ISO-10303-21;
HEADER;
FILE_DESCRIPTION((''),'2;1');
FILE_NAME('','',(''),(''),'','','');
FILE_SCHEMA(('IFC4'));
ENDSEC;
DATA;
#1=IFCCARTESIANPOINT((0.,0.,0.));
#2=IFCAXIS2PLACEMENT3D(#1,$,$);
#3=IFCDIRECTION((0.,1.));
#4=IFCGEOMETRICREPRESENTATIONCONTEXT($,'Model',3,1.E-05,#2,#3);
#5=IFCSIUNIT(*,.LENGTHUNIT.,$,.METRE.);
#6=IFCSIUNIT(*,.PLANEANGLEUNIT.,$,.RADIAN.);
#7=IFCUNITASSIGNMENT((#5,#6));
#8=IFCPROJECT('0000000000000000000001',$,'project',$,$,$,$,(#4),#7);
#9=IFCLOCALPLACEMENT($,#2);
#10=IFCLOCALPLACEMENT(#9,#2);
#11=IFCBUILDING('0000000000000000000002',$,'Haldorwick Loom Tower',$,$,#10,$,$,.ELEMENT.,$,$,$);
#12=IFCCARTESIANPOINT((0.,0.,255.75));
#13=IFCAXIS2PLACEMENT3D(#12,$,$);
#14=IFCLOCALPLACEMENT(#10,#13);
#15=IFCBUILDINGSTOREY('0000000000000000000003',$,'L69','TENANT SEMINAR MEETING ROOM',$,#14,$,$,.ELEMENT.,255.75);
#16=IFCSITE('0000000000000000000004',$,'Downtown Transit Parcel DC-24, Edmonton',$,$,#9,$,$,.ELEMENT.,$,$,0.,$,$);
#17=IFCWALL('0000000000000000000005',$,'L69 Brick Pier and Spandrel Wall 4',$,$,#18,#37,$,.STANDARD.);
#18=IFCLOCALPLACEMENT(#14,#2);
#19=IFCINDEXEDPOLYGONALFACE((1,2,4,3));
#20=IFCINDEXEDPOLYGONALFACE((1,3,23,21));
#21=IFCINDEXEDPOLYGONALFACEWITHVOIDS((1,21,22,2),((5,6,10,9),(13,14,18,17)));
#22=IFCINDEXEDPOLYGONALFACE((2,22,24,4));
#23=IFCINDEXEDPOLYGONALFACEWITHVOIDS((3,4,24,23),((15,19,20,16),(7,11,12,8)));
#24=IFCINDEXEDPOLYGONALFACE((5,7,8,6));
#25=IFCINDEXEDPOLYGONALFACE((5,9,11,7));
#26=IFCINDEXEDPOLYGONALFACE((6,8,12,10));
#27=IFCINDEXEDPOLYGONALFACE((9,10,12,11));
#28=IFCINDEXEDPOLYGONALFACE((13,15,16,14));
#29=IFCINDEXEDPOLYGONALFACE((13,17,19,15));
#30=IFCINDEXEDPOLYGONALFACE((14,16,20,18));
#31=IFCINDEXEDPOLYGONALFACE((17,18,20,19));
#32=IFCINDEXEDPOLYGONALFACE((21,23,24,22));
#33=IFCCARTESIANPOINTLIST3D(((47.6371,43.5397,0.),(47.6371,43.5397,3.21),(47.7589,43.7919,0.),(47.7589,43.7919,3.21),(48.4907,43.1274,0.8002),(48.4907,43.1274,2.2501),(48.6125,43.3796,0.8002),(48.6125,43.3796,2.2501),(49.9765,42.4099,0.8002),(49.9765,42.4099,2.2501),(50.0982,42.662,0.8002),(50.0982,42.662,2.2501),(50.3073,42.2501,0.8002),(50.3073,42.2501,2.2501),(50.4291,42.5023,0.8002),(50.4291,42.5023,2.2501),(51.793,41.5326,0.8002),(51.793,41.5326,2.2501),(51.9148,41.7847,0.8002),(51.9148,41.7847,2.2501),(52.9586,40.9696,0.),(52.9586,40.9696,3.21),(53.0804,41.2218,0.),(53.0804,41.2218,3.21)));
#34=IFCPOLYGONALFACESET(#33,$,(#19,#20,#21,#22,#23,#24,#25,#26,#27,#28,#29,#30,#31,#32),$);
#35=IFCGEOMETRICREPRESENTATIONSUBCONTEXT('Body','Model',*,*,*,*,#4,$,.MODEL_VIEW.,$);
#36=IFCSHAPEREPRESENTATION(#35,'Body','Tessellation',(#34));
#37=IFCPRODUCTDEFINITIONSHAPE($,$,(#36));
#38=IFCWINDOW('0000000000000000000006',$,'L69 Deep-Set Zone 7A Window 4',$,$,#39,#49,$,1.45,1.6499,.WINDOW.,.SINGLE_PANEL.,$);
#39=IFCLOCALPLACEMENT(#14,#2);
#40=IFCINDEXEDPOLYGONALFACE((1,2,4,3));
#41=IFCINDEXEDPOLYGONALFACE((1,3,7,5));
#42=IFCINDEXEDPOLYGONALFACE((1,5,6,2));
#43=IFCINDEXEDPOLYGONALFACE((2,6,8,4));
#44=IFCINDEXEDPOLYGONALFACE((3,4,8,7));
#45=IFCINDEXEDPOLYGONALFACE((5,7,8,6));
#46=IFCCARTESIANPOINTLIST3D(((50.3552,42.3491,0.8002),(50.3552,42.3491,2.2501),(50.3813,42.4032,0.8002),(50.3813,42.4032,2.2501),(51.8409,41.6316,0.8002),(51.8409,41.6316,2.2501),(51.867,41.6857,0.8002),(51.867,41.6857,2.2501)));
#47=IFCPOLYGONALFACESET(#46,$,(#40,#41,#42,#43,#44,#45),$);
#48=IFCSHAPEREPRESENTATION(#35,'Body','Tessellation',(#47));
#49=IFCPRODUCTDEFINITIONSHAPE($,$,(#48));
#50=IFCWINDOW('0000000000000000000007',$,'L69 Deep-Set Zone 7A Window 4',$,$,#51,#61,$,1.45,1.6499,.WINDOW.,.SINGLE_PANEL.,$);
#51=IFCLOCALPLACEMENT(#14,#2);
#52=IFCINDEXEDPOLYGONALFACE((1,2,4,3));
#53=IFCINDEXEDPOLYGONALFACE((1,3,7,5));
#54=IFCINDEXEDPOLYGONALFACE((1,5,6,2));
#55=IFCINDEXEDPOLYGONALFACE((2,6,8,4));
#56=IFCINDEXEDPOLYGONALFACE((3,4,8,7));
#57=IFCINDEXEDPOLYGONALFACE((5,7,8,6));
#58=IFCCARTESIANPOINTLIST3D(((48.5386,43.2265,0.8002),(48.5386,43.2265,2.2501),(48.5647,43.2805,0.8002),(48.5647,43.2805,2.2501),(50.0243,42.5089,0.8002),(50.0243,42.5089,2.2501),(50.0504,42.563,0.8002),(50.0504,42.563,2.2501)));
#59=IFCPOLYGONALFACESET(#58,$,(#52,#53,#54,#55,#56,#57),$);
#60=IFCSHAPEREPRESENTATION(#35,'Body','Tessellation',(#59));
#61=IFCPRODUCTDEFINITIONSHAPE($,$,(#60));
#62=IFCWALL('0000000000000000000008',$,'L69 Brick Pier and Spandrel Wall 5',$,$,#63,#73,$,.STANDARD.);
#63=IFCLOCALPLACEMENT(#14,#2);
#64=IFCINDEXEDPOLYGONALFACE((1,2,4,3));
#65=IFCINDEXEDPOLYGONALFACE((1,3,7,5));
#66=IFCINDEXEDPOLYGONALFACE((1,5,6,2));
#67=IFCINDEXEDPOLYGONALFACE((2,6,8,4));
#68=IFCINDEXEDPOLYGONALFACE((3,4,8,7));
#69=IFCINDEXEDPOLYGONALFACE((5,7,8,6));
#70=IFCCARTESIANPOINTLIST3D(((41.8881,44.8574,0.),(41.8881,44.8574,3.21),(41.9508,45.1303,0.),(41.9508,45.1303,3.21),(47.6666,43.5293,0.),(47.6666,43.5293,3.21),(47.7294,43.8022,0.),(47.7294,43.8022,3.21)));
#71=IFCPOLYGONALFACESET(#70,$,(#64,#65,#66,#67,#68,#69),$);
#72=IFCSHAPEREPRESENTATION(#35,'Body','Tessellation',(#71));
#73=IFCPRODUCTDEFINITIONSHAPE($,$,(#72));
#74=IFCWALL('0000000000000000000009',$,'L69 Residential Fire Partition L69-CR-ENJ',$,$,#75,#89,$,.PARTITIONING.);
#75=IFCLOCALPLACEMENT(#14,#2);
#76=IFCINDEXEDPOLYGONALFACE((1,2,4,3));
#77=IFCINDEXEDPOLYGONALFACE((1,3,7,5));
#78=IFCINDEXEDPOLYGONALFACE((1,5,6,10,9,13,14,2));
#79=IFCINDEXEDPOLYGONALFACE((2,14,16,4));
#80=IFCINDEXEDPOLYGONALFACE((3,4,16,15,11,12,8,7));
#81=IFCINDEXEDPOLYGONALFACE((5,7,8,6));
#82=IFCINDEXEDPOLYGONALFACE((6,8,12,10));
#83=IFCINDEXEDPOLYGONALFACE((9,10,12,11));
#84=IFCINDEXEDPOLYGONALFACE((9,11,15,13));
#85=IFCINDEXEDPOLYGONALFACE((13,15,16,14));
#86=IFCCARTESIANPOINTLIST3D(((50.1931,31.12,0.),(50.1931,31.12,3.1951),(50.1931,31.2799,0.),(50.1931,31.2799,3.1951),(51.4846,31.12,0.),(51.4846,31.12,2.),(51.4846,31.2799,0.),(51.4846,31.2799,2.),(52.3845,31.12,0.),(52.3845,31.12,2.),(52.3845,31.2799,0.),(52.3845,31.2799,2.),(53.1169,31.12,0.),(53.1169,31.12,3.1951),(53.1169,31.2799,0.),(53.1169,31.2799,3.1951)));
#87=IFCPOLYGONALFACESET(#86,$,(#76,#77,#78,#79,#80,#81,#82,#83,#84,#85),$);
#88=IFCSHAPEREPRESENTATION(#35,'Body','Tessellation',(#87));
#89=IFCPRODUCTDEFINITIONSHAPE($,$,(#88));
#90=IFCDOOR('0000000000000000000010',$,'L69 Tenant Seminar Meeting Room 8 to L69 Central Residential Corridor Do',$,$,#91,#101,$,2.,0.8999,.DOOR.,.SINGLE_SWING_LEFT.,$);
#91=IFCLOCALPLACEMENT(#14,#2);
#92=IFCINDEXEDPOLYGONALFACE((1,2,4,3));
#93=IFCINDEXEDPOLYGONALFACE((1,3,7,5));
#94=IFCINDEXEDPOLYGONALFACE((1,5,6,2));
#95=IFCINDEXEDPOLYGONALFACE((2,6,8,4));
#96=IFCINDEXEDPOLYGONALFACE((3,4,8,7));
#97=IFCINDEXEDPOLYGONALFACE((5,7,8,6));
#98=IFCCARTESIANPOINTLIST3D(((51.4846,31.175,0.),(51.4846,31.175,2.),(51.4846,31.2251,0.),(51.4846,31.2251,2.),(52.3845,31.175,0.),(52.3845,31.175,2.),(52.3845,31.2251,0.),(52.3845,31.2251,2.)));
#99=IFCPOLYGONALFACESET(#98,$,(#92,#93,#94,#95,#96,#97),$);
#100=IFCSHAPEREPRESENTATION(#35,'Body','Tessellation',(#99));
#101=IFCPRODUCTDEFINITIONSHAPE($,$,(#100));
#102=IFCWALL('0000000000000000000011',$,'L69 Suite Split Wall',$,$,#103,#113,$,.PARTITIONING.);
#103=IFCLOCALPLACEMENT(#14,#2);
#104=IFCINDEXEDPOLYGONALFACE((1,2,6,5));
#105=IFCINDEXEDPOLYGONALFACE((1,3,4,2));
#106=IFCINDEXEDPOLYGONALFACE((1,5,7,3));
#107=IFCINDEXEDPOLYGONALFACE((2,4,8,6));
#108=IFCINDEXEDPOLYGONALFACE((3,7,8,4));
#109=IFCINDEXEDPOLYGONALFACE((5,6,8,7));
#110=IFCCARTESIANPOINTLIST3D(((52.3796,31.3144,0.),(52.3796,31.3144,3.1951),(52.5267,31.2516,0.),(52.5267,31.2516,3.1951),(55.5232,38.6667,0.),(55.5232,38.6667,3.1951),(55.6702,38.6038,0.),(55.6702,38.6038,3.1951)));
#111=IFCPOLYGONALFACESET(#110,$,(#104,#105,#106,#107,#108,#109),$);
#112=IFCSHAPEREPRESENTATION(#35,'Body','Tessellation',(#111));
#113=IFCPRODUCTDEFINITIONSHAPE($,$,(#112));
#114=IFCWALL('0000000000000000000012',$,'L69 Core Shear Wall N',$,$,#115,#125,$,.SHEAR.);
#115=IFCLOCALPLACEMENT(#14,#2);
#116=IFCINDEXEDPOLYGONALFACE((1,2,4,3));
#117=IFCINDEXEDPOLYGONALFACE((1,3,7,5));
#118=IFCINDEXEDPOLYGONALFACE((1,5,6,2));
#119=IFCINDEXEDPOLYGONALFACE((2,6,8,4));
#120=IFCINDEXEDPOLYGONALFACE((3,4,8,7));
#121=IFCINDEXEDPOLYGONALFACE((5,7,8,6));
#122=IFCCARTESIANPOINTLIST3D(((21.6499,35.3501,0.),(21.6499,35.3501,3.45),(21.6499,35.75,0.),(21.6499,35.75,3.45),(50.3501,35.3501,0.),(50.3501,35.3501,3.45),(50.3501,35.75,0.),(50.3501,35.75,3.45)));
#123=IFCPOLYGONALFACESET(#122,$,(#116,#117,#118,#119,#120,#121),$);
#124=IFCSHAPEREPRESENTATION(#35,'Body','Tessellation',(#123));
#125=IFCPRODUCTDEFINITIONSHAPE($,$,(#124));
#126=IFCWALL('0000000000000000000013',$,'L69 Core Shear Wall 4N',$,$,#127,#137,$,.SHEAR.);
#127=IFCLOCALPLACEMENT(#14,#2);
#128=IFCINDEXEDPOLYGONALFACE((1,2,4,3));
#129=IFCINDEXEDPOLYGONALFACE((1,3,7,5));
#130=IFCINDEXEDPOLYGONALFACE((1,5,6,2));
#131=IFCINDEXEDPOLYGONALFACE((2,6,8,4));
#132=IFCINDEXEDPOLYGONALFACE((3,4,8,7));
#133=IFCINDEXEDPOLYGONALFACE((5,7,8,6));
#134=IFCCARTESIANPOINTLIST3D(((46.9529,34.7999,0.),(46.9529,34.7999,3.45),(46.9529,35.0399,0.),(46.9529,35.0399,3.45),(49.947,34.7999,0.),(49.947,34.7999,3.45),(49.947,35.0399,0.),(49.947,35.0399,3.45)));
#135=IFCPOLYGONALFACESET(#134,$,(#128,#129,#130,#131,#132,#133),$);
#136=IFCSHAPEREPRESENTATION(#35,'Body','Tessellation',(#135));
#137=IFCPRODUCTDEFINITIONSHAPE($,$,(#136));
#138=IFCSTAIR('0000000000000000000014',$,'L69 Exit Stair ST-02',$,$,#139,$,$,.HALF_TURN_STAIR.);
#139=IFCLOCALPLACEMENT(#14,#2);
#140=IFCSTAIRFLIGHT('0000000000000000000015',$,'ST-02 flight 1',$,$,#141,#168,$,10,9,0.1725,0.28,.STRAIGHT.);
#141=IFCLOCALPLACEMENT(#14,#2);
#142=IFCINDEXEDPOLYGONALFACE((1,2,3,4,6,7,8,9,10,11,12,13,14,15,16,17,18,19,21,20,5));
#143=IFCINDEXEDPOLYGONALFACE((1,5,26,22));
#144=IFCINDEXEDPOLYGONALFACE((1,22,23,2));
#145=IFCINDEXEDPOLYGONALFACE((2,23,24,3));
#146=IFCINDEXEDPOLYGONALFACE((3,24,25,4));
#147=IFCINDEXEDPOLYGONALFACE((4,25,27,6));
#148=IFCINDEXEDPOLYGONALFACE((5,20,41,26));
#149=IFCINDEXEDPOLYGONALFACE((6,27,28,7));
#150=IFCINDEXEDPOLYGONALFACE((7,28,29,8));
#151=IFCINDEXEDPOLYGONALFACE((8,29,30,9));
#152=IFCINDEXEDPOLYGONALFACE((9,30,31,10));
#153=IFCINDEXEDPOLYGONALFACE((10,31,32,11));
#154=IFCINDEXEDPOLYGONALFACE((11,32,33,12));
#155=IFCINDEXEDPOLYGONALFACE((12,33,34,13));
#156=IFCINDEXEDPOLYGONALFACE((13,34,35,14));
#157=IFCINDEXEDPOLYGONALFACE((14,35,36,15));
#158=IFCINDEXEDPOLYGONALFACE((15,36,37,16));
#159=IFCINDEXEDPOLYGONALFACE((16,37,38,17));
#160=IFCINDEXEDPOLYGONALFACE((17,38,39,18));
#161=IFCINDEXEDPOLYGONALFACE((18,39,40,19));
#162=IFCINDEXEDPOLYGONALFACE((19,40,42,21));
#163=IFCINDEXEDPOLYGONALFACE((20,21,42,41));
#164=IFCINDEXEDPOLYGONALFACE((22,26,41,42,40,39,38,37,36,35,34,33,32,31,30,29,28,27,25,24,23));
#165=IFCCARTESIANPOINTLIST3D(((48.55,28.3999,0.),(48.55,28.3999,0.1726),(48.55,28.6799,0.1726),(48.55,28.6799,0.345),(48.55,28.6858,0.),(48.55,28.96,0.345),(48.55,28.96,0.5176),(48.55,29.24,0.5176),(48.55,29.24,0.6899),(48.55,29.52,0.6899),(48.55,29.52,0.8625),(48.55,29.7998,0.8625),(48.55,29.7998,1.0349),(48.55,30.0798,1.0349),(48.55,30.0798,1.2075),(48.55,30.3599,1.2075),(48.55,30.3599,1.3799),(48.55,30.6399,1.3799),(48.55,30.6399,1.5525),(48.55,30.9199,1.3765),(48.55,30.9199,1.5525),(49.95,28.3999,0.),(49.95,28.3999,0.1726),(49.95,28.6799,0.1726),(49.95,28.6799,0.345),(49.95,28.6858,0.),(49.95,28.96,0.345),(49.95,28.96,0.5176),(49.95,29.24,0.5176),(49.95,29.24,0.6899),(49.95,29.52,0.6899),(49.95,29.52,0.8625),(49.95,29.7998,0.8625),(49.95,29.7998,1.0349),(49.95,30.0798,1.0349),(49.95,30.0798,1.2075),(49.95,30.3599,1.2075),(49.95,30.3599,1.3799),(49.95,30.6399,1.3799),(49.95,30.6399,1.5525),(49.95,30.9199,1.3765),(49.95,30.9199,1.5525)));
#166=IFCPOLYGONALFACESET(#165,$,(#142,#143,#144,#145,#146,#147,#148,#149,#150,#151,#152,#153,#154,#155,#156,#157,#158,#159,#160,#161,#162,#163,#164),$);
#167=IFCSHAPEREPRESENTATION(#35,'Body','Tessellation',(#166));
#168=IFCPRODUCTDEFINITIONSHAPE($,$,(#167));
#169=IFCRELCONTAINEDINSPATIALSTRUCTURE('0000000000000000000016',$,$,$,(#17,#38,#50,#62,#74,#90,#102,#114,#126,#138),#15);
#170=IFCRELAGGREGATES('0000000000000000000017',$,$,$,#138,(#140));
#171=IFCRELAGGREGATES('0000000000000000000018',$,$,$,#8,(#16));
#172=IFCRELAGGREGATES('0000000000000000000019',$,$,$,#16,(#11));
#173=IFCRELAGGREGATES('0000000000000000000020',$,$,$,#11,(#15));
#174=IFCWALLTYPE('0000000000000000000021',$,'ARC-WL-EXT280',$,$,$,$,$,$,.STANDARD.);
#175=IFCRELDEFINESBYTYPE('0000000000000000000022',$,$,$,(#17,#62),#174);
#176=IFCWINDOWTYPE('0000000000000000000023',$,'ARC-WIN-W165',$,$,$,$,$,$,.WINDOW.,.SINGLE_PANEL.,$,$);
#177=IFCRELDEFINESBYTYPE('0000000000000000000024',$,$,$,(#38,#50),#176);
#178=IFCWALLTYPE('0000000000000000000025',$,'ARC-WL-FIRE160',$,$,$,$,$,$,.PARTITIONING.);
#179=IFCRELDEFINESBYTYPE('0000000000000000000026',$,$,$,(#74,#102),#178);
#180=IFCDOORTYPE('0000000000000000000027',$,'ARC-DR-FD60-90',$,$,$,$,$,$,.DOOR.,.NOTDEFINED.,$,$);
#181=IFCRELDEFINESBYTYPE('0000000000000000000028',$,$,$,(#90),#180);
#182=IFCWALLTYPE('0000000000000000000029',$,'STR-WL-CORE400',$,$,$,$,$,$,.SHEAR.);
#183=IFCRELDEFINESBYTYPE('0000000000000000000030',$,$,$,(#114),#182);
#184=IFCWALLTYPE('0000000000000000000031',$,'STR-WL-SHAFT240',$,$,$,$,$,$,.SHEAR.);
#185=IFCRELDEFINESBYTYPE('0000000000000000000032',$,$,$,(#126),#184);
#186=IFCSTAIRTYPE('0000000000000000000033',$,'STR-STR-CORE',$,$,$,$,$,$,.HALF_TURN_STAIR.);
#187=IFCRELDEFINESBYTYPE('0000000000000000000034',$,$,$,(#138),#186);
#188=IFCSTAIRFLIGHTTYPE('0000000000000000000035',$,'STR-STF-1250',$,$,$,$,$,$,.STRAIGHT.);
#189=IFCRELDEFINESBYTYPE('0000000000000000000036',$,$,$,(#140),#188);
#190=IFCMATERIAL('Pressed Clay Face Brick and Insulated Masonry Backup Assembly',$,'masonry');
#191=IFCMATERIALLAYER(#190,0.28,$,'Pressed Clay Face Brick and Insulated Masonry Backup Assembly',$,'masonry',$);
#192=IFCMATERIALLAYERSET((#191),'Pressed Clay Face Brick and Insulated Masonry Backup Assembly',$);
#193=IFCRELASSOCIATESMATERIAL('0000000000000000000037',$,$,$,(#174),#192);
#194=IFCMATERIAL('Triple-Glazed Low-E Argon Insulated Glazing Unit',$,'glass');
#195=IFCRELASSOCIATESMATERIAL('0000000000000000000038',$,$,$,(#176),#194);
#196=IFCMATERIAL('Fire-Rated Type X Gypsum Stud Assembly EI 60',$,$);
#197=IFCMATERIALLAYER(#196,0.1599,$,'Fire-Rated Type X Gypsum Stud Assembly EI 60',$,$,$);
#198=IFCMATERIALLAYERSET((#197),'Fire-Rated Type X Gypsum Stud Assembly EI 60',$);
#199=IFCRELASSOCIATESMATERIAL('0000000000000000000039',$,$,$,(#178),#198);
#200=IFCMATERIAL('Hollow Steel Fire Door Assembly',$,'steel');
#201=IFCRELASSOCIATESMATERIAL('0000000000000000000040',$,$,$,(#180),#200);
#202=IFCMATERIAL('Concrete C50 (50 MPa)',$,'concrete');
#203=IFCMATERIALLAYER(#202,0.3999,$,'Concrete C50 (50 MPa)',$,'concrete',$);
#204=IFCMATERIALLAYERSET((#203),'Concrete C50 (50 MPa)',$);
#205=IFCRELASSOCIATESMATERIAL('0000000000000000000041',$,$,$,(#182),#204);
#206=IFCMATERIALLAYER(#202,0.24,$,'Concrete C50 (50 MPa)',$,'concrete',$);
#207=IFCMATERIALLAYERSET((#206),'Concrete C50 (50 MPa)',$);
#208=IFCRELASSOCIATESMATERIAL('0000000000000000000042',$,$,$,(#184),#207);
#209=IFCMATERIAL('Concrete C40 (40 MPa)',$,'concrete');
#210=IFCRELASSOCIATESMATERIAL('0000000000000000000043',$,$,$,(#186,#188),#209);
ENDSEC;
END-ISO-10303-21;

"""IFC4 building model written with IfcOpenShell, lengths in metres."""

from ifc_helpers import new_model, si_unit, direction, frame, frame_2d, origin, place, context, subcontext, project, spatial, polyline, rectangle, outline, extrude, material, layer, layer_set, type_object, element, fill, aggregate, save


model = new_model("IFC4")

# Units and contexts
model_context = context("Model", 3, precision=1e-05, world=origin(), true_north=direction((0.0, 1.0)))
body_context = subcontext(model_context, "Body", "Model", "MODEL_VIEW")
ifc_project = project(units=[si_unit("LENGTHUNIT", "METRE"), si_unit("PLANEANGLEUNIT", "RADIAN")], contexts=[model_context])

# Site, building, storey
site_placement = place(None, origin())
site = spatial("IfcSite", under=ifc_project, at=site_placement, Name="Downtown Transit Parcel DC-24, Edmonton", CompositionType="ELEMENT", RefElevation=0.0)
building_placement = place(site_placement, origin())
building = spatial("IfcBuilding", under=site, at=building_placement, Name="Haldorwick Loom Tower", CompositionType="ELEMENT")
storey_placement = place(building_placement, frame((0.0, 0.0, 255.75)))
storey = spatial("IfcBuildingStorey", under=building, at=storey_placement, Name="L69", Description="TENANT SEMINAR MEETING ROOM", CompositionType="ELEMENT", Elevation=255.75)

# Shared definitions
ifc_material_1 = material(Name="Pressed Clay Face Brick and Insulated Masonry Backup Assembly", Category="masonry")
ifc_layer_1 = layer(ifc_material_1, 0.28, Name="Pressed Clay Face Brick and Insulated Masonry Backup Assembly", Category="masonry")
ifc_layer_set_1 = layer_set([ifc_layer_1], Name="Pressed Clay Face Brick and Insulated Masonry Backup Assembly")
wall_type_1 = type_object("IfcWallType", Name="ARC-WL-EXT280", PredefinedType="STANDARD", material=ifc_layer_set_1)

# Wall, openings, windows
wall_1_placement = place(storey_placement, frame((53.0195, 41.0957, 0.0), z_axis=(0.0, 0.0, 1.0), x_axis=(-0.900482, 0.434893, 0.0)))
wall_1 = element("IfcWall", 1, at=wall_1_placement, inside=storey, type_object=wall_type_1, Name="L69 Brick Pier and Spandrel Wall 4", PredefinedType="STANDARD", context=body_context, shape_type="SweptSolid", body=[
    extrude(rectangle(XDim=5.9097, YDim=0.28, at=frame_2d((2.9548, 0.0))), origin(), (0.0, 0.0, 1.0), 3.21),
])
opening_1_placement = place(wall_1_placement, frame((1.2944, 0.0, 0.8)))
opening_1 = element("IfcOpeningElement", 2, at=opening_1_placement, cuts=wall_1, PredefinedType="OPENING", context=body_context, shape_type="SweptSolid", body=[
    extrude(rectangle(XDim=1.6499, YDim=1.45, at=frame_2d((0.825, 0.7251))), frame((0.0, 0.1499, 0.0), z_axis=(0.0, -1.0, 0.0), x_axis=(1.0, 0.0, 0.0)), (0.0, 0.0, 1.0), 0.3),
])
opening_2_placement = place(wall_1_placement, frame((3.3118, 0.0, 0.8)))
opening_2 = element("IfcOpeningElement", 3, at=opening_2_placement, cuts=wall_1, PredefinedType="OPENING", context=body_context, shape_type="SweptSolid", body=[
    extrude(rectangle(XDim=1.6499, YDim=1.45, at=frame_2d((0.825, 0.7251))), frame((0.0, 0.1499, 0.0), z_axis=(0.0, -1.0, 0.0), x_axis=(1.0, 0.0, 0.0)), (0.0, 0.0, 1.0), 0.3),
])
ifc_material_2 = material(Name="Triple-Glazed Low-E Argon Insulated Glazing Unit", Category="glass")
window_type = type_object("IfcWindowType", Name="ARC-WIN-W165", PartitioningType="SINGLE_PANEL", PredefinedType="WINDOW", material=ifc_material_2)
window_1_placement = place(opening_1_placement, origin())
window_1 = element("IfcWindow", 4, at=window_1_placement, inside=storey, type_object=window_type, Name="L69 Deep-Set Zone 7A Window 4", OverallHeight=1.45, OverallWidth=1.6499, PartitioningType="SINGLE_PANEL", PredefinedType="WINDOW", context=body_context, shape_type="SweptSolid", body=[
    extrude(rectangle(XDim=1.6499, YDim=1.45, at=frame_2d((0.825, 0.7251))), frame((0.0, 0.03, 0.0), z_axis=(0.0, -1.0, 0.0), x_axis=(1.0, 0.0, 0.0)), (0.0, 0.0, 1.0), 0.0601),
])
fill(opening_1, window_1)
window_2_placement = place(opening_2_placement, origin())
window_2 = element("IfcWindow", 5, at=window_2_placement, inside=storey, type_object=window_type, Name="L69 Deep-Set Zone 7A Window 4", OverallHeight=1.45, OverallWidth=1.6499, PartitioningType="SINGLE_PANEL", PredefinedType="WINDOW", context=body_context, shape_type="SweptSolid", body=[
    extrude(rectangle(XDim=1.6499, YDim=1.45, at=frame_2d((0.825, 0.7251))), frame((0.0, 0.03, 0.0), z_axis=(0.0, -1.0, 0.0), x_axis=(1.0, 0.0, 0.0)), (0.0, 0.0, 1.0), 0.0601),
])
fill(opening_2, window_2)

# Wall
wall_2_placement = place(storey_placement, frame((47.698, 43.6658, 0.0), z_axis=(0.0, 0.0, 1.0), x_axis=(-0.97459, 0.223996, 0.0)))
element("IfcWall", 6, at=wall_2_placement, inside=storey, type_object=wall_type_1, Name="L69 Brick Pier and Spandrel Wall 5", PredefinedType="STANDARD", context=body_context, shape_type="SweptSolid", body=[
    extrude(rectangle(XDim=5.9292, YDim=0.28, at=frame_2d((2.9646, 0.0))), origin(), (0.0, 0.0, 1.0), 3.21),
])

# Wall, opening, door
ifc_material_3 = material(Name="Fire-Rated Type X Gypsum Stud Assembly EI 60")
ifc_layer_2 = layer(ifc_material_3, 0.1599, Name="Fire-Rated Type X Gypsum Stud Assembly EI 60")
ifc_layer_set_2 = layer_set([ifc_layer_2], Name="Fire-Rated Type X Gypsum Stud Assembly EI 60")
wall_type_2 = type_object("IfcWallType", Name="ARC-WL-FIRE160", PredefinedType="PARTITIONING", material=ifc_layer_set_2)
wall_3_placement = place(storey_placement, frame((50.1931, 31.2, 0.0), z_axis=(0.0, 0.0, 1.0), x_axis=(1.0, 0.0, 0.0)))
wall_3 = element("IfcWall", 7, at=wall_3_placement, inside=storey, type_object=wall_type_2, Name="L69 Residential Fire Partition L69-CR-ENJ", PredefinedType="PARTITIONING", context=body_context, shape_type="SweptSolid", body=[
    extrude(rectangle(XDim=2.9238, YDim=0.1599, at=frame_2d((1.4619, 0.0))), origin(), (0.0, 0.0, 1.0), 3.1951),
])
opening_3_placement = place(wall_3_placement, frame((1.2915, 0.0, 0.0)))
opening_3 = element("IfcOpeningElement", 8, at=opening_3_placement, cuts=wall_3, PredefinedType="OPENING", context=body_context, shape_type="SweptSolid", body=[
    extrude(rectangle(XDim=0.8999, YDim=2.0, at=frame_2d((0.45, 1.0))), frame((0.0, 0.0898, 0.0), z_axis=(0.0, -1.0, 0.0), x_axis=(1.0, 0.0, 0.0)), (0.0, 0.0, 1.0), 0.1799),
])
ifc_material_4 = material(Name="Hollow Steel Fire Door Assembly", Category="steel")
door_type = type_object("IfcDoorType", Name="ARC-DR-FD60-90", OperationType="NOTDEFINED", PredefinedType="DOOR", material=ifc_material_4)
door_placement = place(opening_3_placement, frame((0.8999, 0.0, 0.0), z_axis=(0.0, 0.0, 1.0), x_axis=(-1.0, 0.0, 0.0)))
door = element("IfcDoor", 9, at=door_placement, inside=storey, type_object=door_type, Name="L69 Tenant Seminar Meeting Room 8 to L69 Central Residential Corridor Do", OperationType="SINGLE_SWING_LEFT", OverallHeight=2.0, OverallWidth=0.8999, PredefinedType="DOOR", context=body_context, shape_type="SweptSolid", body=[
    extrude(rectangle(XDim=0.8999, YDim=2.0, at=frame_2d((0.45, 1.0))), frame((0.0, 0.0249, 0.0), z_axis=(0.0, -1.0, 0.0), x_axis=(1.0, 0.0, 0.0)), (0.0, 0.0, 1.0), 0.05),
])
fill(opening_3, door)

# Walls
wall_4_placement = place(storey_placement, frame((55.5967, 38.6353, 0.0), z_axis=(0.0, 0.0, 1.0), x_axis=(-0.393134, -0.919481, 0.0)))
element("IfcWall", 10, at=wall_4_placement, inside=storey, type_object=wall_type_2, Name="L69 Suite Split Wall", PredefinedType="PARTITIONING", context=body_context, shape_type="SweptSolid", body=[
    extrude(rectangle(XDim=7.9961, YDim=0.1599, at=frame_2d((3.998, 0.0))), origin(), (0.0, 0.0, 1.0), 3.1951),
])
ifc_material_5 = material(Name="Concrete C50 (50 MPa)", Category="concrete")
ifc_layer_3 = layer(ifc_material_5, 0.3999, Name="Concrete C50 (50 MPa)", Category="concrete")
ifc_layer_set_3 = layer_set([ifc_layer_3], Name="Concrete C50 (50 MPa)")
wall_type_3 = type_object("IfcWallType", Name="STR-WL-CORE400", PredefinedType="SHEAR", material=ifc_layer_set_3)
wall_5_placement = place(storey_placement, frame((50.3501, 35.55, 0.0), z_axis=(0.0, 0.0, 1.0), x_axis=(-1.0, 0.0, 0.0)))
element("IfcWall", 11, at=wall_5_placement, inside=storey, type_object=wall_type_3, Name="L69 Core Shear Wall N", PredefinedType="SHEAR", context=body_context, shape_type="SweptSolid", body=[
    extrude(rectangle(XDim=28.7002, YDim=0.3999, at=frame_2d((14.3501, 0.0))), origin(), (0.0, 0.0, 1.0), 3.45),
])
ifc_layer_4 = layer(ifc_material_5, 0.24, Name="Concrete C50 (50 MPa)", Category="concrete")
ifc_layer_set_4 = layer_set([ifc_layer_4], Name="Concrete C50 (50 MPa)")
wall_type_4 = type_object("IfcWallType", Name="STR-WL-SHAFT240", PredefinedType="SHEAR", material=ifc_layer_set_4)
wall_6_placement = place(storey_placement, frame((46.9529, 34.9199, 0.0), z_axis=(0.0, 0.0, 1.0), x_axis=(1.0, 0.0, 0.0)))
element("IfcWall", 12, at=wall_6_placement, inside=storey, type_object=wall_type_4, Name="L69 Core Shear Wall 4N", PredefinedType="SHEAR", context=body_context, shape_type="SweptSolid", body=[
    extrude(rectangle(XDim=2.9941, YDim=0.24, at=frame_2d((1.4971, 0.0))), origin(), (0.0, 0.0, 1.0), 3.45),
])

# Stair, stair flight
ifc_material_6 = material(Name="Concrete C40 (40 MPa)", Category="concrete")
stair_type = type_object("IfcStairType", Name="STR-STR-CORE", PredefinedType="HALF_TURN_STAIR", material=ifc_material_6)
stair_placement = place(storey_placement, origin())
stair = element("IfcStair", 13, at=stair_placement, inside=storey, type_object=stair_type, Name="L69 Exit Stair ST-02", PredefinedType="HALF_TURN_STAIR")
stair_flight_type = type_object("IfcStairFlightType", Name="STR-STF-1250", PredefinedType="STRAIGHT", material=ifc_material_6)
stair_flight_1_placement = place(storey_placement, frame((49.25, 28.3999, 0.0), z_axis=(0.0, 0.0, 1.0), x_axis=(0.0, 1.0, 0.0)))
stair_flight_1 = element("IfcStairFlight", 14, at=stair_flight_1_placement, type_object=stair_flight_type, Name="ST-02 flight 1", NumberOfRisers=10, NumberOfTreads=9, PredefinedType="STRAIGHT", RiserHeight=0.1725, TreadLength=0.28, context=body_context, shape_type="SweptSolid", body=[
    extrude(outline(polyline([(0.0, 0.0), (0.0, 0.1726), (0.28, 0.1726), (0.28, 0.345), (0.5601, 0.345), (0.5601, 0.5176), (0.8401, 0.5176), (0.8401, 0.6899), (1.1201, 0.6899), (1.1201, 0.8625), (1.3999, 0.8625), (1.3999, 1.0349), (1.6799, 1.0349), (1.6799, 1.2075), (1.96, 1.2075), (1.96, 1.3799), (2.24, 1.3799), (2.24, 1.5525), (2.52, 1.5525), (2.52, 1.7251), (2.52, 1.3765), (0.2859, 0.0), (0.0, 0.0)])), frame((0.0, 0.7, 0.0), z_axis=(0.0, -1.0, 0.0), x_axis=(1.0, 0.0, 0.0)), (0.0, 0.0, 1.0), 1.3999),
])
aggregate(stair, [stair_flight_1])

save(model, "model.ifc")
